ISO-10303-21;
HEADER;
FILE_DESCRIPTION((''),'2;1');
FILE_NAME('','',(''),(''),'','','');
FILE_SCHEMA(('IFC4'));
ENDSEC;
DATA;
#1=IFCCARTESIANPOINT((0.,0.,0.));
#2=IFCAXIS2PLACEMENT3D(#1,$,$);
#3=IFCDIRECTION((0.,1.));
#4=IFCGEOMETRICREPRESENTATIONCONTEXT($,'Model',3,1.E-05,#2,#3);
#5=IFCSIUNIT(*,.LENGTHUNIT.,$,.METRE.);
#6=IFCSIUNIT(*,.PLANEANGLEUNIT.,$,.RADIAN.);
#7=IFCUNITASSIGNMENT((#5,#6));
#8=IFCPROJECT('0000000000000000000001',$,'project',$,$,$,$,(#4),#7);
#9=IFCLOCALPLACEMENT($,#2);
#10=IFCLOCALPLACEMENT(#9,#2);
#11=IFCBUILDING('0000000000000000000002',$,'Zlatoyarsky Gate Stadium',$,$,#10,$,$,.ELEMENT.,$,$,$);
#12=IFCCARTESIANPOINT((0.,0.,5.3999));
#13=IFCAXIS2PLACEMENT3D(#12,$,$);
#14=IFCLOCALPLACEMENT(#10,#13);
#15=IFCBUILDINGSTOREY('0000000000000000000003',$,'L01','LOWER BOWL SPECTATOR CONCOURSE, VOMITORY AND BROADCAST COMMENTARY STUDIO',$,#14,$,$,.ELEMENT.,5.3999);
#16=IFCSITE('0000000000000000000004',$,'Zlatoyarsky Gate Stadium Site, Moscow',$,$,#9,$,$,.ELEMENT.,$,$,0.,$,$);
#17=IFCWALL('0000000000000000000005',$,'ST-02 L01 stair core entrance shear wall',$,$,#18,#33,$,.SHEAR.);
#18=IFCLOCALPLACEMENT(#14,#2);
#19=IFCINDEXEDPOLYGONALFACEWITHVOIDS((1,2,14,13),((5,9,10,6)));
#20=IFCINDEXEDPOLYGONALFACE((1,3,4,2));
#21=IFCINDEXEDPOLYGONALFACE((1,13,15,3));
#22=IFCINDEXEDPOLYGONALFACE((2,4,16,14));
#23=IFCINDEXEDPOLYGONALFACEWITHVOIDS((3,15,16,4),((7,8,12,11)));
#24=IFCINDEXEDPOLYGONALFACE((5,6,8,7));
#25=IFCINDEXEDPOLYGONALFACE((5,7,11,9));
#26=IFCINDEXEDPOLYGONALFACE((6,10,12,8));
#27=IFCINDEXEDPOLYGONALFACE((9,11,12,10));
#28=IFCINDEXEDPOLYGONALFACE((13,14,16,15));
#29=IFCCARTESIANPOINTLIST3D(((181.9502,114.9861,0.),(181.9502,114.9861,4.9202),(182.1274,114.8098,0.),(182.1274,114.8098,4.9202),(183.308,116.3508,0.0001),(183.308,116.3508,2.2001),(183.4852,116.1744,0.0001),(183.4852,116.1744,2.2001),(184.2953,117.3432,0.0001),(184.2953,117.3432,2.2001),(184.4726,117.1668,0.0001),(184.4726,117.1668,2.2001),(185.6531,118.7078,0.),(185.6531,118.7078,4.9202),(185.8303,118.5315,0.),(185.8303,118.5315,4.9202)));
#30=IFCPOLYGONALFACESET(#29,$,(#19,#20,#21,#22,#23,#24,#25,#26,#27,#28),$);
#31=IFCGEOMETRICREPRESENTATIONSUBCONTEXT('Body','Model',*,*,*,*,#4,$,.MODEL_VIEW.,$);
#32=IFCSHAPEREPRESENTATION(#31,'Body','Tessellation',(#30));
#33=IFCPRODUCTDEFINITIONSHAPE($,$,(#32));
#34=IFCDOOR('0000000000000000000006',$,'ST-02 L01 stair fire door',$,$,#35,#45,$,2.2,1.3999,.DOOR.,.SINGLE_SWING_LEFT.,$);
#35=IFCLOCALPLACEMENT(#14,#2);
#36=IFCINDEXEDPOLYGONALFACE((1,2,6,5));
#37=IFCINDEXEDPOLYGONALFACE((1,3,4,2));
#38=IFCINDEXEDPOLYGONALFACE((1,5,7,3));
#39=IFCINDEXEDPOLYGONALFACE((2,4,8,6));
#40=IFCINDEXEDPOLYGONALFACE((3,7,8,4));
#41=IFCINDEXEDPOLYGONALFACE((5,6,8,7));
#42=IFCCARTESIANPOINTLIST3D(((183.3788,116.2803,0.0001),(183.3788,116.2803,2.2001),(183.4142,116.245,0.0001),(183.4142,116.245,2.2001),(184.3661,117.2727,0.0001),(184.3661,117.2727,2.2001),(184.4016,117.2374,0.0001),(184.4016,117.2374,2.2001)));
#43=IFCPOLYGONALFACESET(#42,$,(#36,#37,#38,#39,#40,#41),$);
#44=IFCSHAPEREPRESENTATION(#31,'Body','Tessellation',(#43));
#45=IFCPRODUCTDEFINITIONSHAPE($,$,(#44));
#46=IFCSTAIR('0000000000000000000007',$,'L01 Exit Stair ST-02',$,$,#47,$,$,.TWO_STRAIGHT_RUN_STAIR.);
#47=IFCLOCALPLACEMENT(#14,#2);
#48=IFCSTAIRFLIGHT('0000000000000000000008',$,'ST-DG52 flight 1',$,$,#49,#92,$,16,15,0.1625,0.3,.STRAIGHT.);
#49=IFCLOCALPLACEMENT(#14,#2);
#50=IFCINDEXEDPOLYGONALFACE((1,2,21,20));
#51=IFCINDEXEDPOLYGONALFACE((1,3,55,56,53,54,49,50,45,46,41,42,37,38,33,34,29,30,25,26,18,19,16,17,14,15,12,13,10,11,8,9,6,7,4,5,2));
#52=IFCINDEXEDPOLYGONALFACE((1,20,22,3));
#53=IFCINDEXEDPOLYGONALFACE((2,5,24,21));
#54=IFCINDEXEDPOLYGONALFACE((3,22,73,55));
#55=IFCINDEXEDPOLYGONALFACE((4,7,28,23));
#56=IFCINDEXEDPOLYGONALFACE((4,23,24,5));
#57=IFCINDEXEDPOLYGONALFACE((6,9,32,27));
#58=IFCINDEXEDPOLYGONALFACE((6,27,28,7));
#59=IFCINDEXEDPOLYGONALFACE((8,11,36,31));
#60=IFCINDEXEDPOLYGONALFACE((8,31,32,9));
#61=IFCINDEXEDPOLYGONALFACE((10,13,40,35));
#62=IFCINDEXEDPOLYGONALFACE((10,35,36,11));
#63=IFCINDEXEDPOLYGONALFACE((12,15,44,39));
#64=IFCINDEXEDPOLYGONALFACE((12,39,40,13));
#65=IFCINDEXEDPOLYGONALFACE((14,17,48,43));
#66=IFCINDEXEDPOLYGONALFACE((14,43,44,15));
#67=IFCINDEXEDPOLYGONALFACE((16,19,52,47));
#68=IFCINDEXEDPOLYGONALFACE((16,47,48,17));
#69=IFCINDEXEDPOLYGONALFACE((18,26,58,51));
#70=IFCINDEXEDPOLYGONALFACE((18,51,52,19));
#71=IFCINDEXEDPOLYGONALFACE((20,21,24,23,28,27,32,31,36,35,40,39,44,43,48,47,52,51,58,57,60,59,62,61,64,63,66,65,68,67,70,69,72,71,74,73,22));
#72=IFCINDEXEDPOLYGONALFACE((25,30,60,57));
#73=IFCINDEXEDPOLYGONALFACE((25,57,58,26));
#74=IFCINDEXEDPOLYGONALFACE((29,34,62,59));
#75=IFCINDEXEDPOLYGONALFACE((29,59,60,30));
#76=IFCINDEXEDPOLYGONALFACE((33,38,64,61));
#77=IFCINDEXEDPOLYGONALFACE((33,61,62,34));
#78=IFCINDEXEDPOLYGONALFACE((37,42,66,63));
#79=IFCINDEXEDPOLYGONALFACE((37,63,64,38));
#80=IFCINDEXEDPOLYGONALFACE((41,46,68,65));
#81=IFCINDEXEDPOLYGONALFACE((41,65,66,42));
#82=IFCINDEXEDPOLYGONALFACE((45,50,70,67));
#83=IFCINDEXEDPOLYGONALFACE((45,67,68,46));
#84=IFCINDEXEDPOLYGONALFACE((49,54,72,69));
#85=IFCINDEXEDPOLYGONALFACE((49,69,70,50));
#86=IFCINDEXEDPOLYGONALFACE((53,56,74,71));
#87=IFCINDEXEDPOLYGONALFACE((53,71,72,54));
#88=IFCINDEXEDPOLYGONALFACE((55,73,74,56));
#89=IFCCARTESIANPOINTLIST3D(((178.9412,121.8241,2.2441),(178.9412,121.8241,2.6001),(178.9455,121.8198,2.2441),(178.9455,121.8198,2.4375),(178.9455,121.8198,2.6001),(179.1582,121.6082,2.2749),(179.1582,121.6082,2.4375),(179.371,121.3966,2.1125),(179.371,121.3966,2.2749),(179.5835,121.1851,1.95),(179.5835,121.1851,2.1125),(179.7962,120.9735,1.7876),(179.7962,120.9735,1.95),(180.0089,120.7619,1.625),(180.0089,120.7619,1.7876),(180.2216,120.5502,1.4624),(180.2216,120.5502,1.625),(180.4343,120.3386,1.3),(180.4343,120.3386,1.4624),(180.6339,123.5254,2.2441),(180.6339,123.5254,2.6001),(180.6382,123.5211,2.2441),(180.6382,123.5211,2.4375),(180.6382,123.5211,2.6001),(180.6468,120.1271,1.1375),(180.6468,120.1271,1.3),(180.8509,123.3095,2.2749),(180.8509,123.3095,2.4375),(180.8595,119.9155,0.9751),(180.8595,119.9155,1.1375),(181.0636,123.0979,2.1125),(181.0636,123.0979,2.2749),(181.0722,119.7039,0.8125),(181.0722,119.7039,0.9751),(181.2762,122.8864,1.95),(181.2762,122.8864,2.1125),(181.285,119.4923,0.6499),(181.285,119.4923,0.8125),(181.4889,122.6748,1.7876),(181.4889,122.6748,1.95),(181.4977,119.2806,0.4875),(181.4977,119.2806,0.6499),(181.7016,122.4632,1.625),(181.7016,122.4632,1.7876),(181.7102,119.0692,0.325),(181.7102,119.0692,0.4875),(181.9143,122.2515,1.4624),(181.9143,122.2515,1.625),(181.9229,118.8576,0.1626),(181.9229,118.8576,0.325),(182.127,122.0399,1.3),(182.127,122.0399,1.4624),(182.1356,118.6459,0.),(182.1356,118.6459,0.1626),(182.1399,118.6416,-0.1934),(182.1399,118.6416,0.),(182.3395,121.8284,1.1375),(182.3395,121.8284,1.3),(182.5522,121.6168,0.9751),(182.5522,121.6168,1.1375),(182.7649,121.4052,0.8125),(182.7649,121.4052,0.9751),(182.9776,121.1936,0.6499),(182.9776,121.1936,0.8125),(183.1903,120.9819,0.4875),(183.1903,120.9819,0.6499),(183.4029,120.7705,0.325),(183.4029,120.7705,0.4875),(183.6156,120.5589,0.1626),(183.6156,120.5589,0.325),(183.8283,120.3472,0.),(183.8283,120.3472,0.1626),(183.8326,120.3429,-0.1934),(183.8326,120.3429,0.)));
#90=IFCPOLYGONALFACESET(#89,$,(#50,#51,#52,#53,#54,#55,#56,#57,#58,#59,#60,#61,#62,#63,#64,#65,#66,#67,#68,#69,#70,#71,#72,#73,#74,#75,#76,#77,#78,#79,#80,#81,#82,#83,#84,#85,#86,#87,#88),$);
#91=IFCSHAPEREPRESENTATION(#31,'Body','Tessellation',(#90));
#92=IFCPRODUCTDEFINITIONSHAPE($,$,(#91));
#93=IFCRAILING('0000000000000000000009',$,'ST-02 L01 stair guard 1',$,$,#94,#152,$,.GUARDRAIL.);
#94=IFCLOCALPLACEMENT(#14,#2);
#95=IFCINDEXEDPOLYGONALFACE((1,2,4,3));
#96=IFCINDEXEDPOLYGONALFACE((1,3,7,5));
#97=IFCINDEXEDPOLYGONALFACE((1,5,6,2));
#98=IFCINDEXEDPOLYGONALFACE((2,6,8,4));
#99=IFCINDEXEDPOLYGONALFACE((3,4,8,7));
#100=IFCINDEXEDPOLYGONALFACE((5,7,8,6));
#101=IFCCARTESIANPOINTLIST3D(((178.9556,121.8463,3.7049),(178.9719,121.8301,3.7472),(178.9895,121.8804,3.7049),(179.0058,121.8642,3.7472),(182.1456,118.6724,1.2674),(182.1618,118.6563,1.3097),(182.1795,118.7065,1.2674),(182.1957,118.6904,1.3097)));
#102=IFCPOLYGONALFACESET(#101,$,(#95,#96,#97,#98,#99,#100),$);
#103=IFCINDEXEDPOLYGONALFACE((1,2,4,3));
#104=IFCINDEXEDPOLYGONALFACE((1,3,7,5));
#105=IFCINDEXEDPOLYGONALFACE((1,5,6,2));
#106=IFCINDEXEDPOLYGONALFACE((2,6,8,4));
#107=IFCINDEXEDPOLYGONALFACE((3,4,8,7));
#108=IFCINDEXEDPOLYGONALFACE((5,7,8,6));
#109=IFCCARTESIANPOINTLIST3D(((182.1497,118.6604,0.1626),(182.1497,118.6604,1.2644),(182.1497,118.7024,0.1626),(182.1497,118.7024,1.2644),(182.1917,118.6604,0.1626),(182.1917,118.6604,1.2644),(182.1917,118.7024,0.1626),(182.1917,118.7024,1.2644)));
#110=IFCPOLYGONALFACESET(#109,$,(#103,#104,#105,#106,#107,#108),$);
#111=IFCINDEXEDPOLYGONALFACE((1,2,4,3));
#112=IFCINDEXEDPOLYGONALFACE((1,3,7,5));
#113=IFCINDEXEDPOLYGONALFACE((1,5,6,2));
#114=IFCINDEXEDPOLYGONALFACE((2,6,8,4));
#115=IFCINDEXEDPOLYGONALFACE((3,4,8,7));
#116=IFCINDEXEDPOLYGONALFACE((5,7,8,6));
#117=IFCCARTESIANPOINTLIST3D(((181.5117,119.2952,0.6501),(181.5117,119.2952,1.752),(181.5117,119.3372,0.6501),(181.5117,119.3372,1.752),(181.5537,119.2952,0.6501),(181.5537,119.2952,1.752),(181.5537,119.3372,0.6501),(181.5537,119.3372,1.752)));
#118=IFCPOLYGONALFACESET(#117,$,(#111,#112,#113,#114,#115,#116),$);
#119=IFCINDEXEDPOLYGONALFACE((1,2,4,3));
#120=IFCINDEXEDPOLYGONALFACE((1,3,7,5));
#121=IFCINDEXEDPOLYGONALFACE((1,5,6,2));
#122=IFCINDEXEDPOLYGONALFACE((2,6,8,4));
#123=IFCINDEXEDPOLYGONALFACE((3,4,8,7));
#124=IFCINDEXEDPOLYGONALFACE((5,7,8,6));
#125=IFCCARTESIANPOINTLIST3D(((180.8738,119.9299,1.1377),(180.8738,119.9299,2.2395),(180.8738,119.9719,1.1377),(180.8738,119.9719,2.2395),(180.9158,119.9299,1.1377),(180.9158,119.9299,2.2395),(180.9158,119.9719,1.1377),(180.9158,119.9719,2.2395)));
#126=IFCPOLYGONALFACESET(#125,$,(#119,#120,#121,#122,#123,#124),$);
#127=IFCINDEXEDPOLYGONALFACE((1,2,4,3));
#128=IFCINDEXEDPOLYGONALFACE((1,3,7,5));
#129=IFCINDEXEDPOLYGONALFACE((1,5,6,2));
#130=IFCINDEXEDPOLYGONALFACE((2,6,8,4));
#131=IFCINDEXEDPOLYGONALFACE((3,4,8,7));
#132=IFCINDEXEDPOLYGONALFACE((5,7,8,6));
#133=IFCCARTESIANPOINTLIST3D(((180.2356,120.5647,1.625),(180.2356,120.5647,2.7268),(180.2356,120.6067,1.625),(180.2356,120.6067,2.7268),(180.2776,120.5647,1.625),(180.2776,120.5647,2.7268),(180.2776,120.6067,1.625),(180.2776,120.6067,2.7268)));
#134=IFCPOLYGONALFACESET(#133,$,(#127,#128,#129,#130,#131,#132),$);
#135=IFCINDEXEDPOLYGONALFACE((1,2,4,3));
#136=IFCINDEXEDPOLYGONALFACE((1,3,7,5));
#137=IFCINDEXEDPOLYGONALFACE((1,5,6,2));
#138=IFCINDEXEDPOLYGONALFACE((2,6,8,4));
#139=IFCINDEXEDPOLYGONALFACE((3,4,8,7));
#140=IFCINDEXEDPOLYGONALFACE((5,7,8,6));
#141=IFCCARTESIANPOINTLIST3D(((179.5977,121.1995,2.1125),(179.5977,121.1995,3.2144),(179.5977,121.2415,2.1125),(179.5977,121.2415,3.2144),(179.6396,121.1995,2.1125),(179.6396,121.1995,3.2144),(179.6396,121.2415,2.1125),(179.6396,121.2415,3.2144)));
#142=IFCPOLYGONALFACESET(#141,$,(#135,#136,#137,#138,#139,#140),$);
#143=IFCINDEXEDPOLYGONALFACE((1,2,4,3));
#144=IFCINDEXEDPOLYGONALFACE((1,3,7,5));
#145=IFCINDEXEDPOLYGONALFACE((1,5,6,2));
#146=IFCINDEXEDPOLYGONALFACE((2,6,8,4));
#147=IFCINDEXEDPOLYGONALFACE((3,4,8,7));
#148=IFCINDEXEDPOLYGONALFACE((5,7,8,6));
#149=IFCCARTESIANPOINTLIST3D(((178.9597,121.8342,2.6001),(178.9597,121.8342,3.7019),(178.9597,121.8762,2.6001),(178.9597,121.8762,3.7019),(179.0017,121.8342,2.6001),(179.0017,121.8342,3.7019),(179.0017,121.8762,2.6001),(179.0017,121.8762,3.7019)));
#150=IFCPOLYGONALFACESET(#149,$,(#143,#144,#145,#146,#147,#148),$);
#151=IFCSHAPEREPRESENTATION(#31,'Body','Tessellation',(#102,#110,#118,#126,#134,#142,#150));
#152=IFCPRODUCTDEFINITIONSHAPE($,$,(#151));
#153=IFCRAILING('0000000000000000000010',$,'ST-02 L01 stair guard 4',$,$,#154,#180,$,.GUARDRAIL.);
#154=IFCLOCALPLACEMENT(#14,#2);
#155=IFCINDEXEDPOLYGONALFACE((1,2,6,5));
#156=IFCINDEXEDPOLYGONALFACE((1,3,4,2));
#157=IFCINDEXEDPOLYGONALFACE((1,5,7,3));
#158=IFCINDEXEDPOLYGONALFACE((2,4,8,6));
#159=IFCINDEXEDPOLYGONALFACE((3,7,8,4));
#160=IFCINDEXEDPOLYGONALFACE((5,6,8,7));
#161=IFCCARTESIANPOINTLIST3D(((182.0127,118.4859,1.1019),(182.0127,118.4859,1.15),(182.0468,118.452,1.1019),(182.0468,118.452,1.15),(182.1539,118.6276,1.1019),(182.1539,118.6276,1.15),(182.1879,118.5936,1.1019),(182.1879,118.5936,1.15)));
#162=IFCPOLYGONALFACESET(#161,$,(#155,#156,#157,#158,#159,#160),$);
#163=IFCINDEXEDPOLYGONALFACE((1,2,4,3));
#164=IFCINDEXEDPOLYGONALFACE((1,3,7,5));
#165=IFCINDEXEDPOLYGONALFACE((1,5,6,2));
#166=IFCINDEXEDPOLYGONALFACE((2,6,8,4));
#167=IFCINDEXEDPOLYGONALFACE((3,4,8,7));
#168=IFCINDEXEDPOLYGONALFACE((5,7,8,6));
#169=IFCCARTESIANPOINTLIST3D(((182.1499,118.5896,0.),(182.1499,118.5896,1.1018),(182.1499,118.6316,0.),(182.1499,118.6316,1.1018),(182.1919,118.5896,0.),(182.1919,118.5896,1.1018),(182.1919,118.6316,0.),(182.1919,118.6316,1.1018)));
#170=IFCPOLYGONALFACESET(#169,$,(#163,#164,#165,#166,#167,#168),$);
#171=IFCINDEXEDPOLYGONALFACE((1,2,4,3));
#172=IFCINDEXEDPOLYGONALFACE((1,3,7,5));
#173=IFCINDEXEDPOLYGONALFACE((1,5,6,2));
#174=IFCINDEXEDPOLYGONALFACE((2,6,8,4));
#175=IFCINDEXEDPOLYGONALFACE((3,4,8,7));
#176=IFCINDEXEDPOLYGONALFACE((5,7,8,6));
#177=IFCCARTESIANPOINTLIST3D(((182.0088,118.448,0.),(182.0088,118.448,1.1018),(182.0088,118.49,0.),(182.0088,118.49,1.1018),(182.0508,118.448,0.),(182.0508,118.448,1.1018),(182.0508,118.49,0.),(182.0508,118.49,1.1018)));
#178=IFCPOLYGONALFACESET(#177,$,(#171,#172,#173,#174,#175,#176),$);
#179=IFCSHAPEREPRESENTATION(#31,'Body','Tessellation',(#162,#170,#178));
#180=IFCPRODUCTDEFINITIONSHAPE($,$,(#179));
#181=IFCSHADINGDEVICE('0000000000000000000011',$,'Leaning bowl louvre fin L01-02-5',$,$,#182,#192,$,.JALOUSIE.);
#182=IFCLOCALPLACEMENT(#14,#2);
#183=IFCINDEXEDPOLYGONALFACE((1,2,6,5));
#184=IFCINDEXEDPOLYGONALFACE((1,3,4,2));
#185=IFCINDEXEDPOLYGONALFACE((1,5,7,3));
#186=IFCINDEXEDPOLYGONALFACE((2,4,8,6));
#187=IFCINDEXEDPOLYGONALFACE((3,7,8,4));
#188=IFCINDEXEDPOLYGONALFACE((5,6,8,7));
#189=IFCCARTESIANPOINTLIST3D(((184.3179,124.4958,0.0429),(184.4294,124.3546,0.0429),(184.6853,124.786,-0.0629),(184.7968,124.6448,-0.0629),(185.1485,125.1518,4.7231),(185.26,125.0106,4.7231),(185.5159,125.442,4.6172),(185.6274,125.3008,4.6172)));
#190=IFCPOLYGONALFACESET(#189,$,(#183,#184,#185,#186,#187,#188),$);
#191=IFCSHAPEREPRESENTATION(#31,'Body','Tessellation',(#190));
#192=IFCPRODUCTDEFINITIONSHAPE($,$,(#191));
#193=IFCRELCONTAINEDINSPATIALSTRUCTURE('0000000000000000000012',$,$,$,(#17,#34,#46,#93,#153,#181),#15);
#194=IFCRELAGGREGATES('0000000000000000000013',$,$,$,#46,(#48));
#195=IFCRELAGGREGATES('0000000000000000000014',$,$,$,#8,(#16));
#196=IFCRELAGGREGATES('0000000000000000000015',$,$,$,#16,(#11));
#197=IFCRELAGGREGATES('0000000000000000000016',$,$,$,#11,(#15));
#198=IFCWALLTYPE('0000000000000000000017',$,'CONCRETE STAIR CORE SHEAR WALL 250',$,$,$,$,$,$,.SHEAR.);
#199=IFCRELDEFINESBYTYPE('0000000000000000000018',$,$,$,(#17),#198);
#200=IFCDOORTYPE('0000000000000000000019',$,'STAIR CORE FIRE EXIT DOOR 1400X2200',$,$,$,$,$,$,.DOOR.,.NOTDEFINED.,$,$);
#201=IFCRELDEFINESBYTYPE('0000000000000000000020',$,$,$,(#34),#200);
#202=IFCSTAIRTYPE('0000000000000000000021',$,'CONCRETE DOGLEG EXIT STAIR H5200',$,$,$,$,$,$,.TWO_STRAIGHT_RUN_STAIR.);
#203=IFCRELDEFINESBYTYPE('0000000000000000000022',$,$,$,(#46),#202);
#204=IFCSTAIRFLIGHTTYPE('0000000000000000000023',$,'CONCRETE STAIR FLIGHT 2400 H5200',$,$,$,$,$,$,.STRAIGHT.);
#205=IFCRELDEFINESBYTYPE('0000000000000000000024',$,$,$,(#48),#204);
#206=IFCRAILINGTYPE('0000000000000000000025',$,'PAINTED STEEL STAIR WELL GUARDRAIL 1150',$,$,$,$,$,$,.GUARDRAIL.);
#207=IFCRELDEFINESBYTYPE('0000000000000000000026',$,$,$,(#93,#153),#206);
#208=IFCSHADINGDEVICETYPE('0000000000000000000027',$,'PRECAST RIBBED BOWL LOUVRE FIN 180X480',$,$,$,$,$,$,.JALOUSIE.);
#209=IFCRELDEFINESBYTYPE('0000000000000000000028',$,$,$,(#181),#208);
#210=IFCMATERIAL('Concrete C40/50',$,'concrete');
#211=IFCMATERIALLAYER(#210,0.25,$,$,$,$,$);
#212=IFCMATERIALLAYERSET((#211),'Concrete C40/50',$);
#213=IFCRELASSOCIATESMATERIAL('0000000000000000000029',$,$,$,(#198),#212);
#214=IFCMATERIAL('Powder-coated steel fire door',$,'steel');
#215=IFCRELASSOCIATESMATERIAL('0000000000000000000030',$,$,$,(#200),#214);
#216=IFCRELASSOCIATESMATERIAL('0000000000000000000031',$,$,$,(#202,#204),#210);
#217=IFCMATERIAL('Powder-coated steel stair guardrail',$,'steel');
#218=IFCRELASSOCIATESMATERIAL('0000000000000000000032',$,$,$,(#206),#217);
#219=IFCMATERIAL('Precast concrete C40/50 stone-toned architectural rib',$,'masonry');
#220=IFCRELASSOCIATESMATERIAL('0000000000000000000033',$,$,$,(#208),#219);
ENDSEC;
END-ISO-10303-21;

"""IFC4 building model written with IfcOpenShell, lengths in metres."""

from ifc_helpers import new_model, si_unit, direction, frame, frame_2d, origin, origin_2d, place, context, subcontext, project, spatial, polyline, rectangle, outline, extrude, material, layer, layer_set, material_profile, profile_set, type_object, element, fill, aggregate, save


model = new_model("IFC4")

# Units and contexts
model_context = context("Model", 3, precision=1e-05, world=origin(), true_north=direction((0.0, 1.0)))
body_context = subcontext(model_context, "Body", "Model", "MODEL_VIEW")
ifc_project = project(units=[si_unit("LENGTHUNIT", "METRE"), si_unit("PLANEANGLEUNIT", "RADIAN")], contexts=[model_context])

# Site, building, storey
site_placement = place(None, origin())
site = spatial("IfcSite", under=ifc_project, at=site_placement, Name="Zlatoyarsky Gate Stadium Site, Moscow", CompositionType="ELEMENT", RefElevation=0.0)
building_placement = place(site_placement, origin())
building = spatial("IfcBuilding", under=site, at=building_placement, Name="Zlatoyarsky Gate Stadium", CompositionType="ELEMENT")
storey_placement = place(building_placement, frame((0.0, 0.0, 5.3999)))
storey = spatial("IfcBuildingStorey", under=building, at=storey_placement, Name="L01", Description="LOWER BOWL SPECTATOR CONCOURSE, VOMITORY AND BROADCAST COMMENTARY STUDIO", CompositionType="ELEMENT", Elevation=5.3999)

# Wall, opening, door
ifc_material_1 = material(Name="Concrete C40/50", Category="concrete")
ifc_layer_1 = layer(ifc_material_1, 0.25)
ifc_layer_set_1 = layer_set([ifc_layer_1], Name="Concrete C40/50")
wall_type = type_object("IfcWallType", Name="CONCRETE STAIR CORE SHEAR WALL 250", PredefinedType="SHEAR", material=ifc_layer_set_1)
wall_placement = place(storey_placement, frame((182.0388, 114.8979, 0.0), z_axis=(0.0, 0.0, 1.0), x_axis=(0.705314, 0.708895, 0.0)))
wall = element("IfcWall", 1, at=wall_placement, inside=storey, type_object=wall_type, Name="ST-02 L01 stair core entrance shear wall", PredefinedType="SHEAR", context=body_context, shape_type="SweptSolid", body=[
    extrude(rectangle(XDim=5.25, YDim=0.25, at=frame_2d((2.625, 0.0))), origin(), (0.0, 0.0, 1.0), 4.9202),
])
opening_placement = place(wall_placement, frame((1.925, 0.0, 0.0)))
opening = element("IfcOpeningElement", 2, at=opening_placement, cuts=wall, PredefinedType="OPENING", context=body_context, shape_type="SweptSolid", body=[
    extrude(rectangle(XDim=1.3999, YDim=2.2, at=frame_2d((0.7, 1.1001))), frame((0.0, 0.135, 0.0), z_axis=(0.0, -1.0, 0.0), x_axis=(1.0, 0.0, 0.0)), (0.0, 0.0, 1.0), 0.27),
])
ifc_material_2 = material(Name="Powder-coated steel fire door", Category="steel")
door_type = type_object("IfcDoorType", Name="STAIR CORE FIRE EXIT DOOR 1400X2200", OperationType="NOTDEFINED", PredefinedType="DOOR", material=ifc_material_2)
door_placement = place(opening_placement, frame((1.3999, 0.0, 0.0), z_axis=(0.0, 0.0, 1.0), x_axis=(-1.0, 0.0, 0.0)))
door = element("IfcDoor", 3, at=door_placement, inside=storey, type_object=door_type, Name="ST-02 L01 stair fire door", OperationType="SINGLE_SWING_LEFT", OverallHeight=2.2, OverallWidth=1.3999, PredefinedType="DOOR", context=body_context, shape_type="SweptSolid", body=[
    extrude(rectangle(XDim=1.3999, YDim=2.2, at=frame_2d((0.7, 1.1001))), frame((0.0, 0.0249, 0.0), z_axis=(0.0, -1.0, 0.0), x_axis=(1.0, 0.0, 0.0)), (0.0, 0.0, 1.0), 0.05),
])
fill(opening, door)

# Stair, stair flight
stair_type = type_object("IfcStairType", Name="CONCRETE DOGLEG EXIT STAIR H5200", PredefinedType="TWO_STRAIGHT_RUN_STAIR", material=ifc_material_1)
stair_placement = place(storey_placement, origin())
stair = element("IfcStair", 4, at=stair_placement, inside=storey, type_object=stair_type, Name="L01 Exit Stair ST-02", PredefinedType="TWO_STRAIGHT_RUN_STAIR")
stair_flight_type = type_object("IfcStairFlightType", Name="CONCRETE STAIR FLIGHT 2400 H5200", PredefinedType="STRAIGHT", material=ifc_material_1)
stair_flight_placement = place(storey_placement, frame((182.9819, 119.4966, 0.0), z_axis=(0.0, 0.0, 1.0), x_axis=(-0.708901, 0.705308, 0.0)))
stair_flight = element("IfcStairFlight", 5, at=stair_flight_placement, type_object=stair_flight_type, Name="ST-DG52 flight 1", NumberOfRisers=16, NumberOfTreads=15, PredefinedType="STRAIGHT", RiserHeight=0.1625, TreadLength=0.3, context=body_context, shape_type="SweptSolid", body=[
    extrude(outline(polyline([(-0.0061, -0.1934), (-0.0061, 0.0), (0.0, 0.0), (0.0, 0.1626), (0.3, 0.1626), (0.3, 0.325), (0.6001, 0.325), (0.6001, 0.4875), (0.8999, 0.4875), (0.8999, 0.6499), (1.2, 0.6499), (1.2, 0.8125), (1.5, 0.8125), (1.5, 0.9751), (1.8, 0.9751), (1.8, 1.1375), (2.1001, 1.1375), (2.1001, 1.3), (2.3999, 1.3), (2.3999, 1.4624), (2.7, 1.4624), (2.7, 1.625), (3.0, 1.625), (3.0, 1.7876), (3.3, 1.7876), (3.3, 1.95), (3.6001, 1.95), (3.6001, 2.1125), (3.8999, 2.1125), (3.8999, 2.2749), (4.2, 2.2749), (4.2, 2.4375), (4.5, 2.4375), (4.5, 2.6001), (4.5061, 2.6001), (4.5061, 2.2441), (4.5, 2.2441), (-0.0061, -0.1934)])), frame((0.0, 1.2, 0.0), z_axis=(0.0, -1.0, 0.0), x_axis=(1.0, 0.0, 0.0)), (0.0, 0.0, 1.0), 2.3999),
])
aggregate(stair, [stair_flight])

# Railings
ifc_material_3 = material(Name="Powder-coated steel stair guardrail", Category="steel")
railing_type_1 = type_object("IfcRailingType", Name="PAINTED STEEL STAIR WELL GUARDRAIL 1150", PredefinedType="GUARDRAIL", material=ifc_material_3)
railing_1_placement = place(storey_placement, frame((182.1707, 118.6814, 0.1626)))
element("IfcRailing", 6, at=railing_1_placement, inside=storey, type_object=railing_type_1, Name="ST-02 L01 stair guard 1", PredefinedType="GUARDRAIL", context=body_context, shape_type="SweptSolid", body=[
    extrude(rectangle(XDim=0.0481, YDim=0.0481, at=origin_2d()), frame((0.0, 0.0, 1.126), z_axis=(-0.623322, 0.620173, 0.476293), x_axis=(-0.705314, -0.708895, 0.0)), (0.0, 0.0, 1.0), 5.1177),
    extrude(rectangle(XDim=0.042, YDim=0.042, at=origin_2d()), origin(), (0.0, 0.0, 1.0), 1.1018),
    extrude(rectangle(XDim=0.042, YDim=0.042, at=origin_2d()), frame((-0.6379, 0.6348, 0.4875)), (0.0, 0.0, 1.0), 1.1018),
    extrude(rectangle(XDim=0.042, YDim=0.042, at=origin_2d()), frame((-1.2759, 1.2695, 0.9751)), (0.0, 0.0, 1.0), 1.1018),
    extrude(rectangle(XDim=0.042, YDim=0.042, at=origin_2d()), frame((-1.9141, 1.9043, 1.4624)), (0.0, 0.0, 1.0), 1.1018),
    extrude(rectangle(XDim=0.042, YDim=0.042, at=origin_2d()), frame((-2.552, 2.5391, 1.95)), (0.0, 0.0, 1.0), 1.1018),
    extrude(rectangle(XDim=0.042, YDim=0.042, at=origin_2d()), frame((-3.1899, 3.1738, 2.4375)), (0.0, 0.0, 1.0), 1.1018),
])
railing_2_placement = place(storey_placement, frame((182.1709, 118.6106, 0.0)))
element("IfcRailing", 7, at=railing_2_placement, inside=storey, type_object=railing_type_1, Name="ST-02 L01 stair guard 4", PredefinedType="GUARDRAIL", context=body_context, shape_type="SweptSolid", body=[
    extrude(rectangle(XDim=0.0481, YDim=0.0481, at=origin_2d()), frame((0.0, 0.0, 1.126), z_axis=(-0.705884, -0.708327, 0.0), x_axis=(0.708327, -0.705884, 0.0)), (0.0, 0.0, 1.0), 0.2),
    extrude(rectangle(XDim=0.042, YDim=0.042, at=origin_2d()), origin(), (0.0, 0.0, 1.0), 1.1018),
    extrude(rectangle(XDim=0.042, YDim=0.042, at=origin_2d()), frame((-0.1411, -0.1416, 0.0)), (0.0, 0.0, 1.0), 1.1018),
])

# Shading device
ifc_material_4 = material(Name="Precast concrete C40/50 stone-toned architectural rib", Category="masonry")
ifc_material_profile_1 = material_profile(ifc_material_4, rectangle(XDim=0.1799, YDim=0.48, at=origin_2d()), Name="RIB 180X480")
ifc_profile_set_1 = profile_set([ifc_material_profile_1], Name="Precast concrete C40/50 stone-toned architectural rib")
shading_device_type = type_object("IfcShadingDeviceType", Name="PRECAST RIBBED BOWL LOUVRE FIN 180X480", PredefinedType="JALOUSIE", material=ifc_profile_set_1)
for number, where, z_axis, x_axis, name in (
    (8, (184.5574, 124.5703, -0.01), (0.173094, 0.136715, 0.97537), (-0.619816, 0.784747, 0.0), "Leaning bowl louvre fin L01-02-5"),
):
    element("IfcShadingDevice", number, at=place(storey_placement, frame(where, z_axis=z_axis, x_axis=x_axis)), inside=storey, type_object=shading_device_type, Name=name, PredefinedType="JALOUSIE", context=body_context, shape_type="SweptSolid", body=[
        extrude(rectangle(XDim=0.1799, YDim=0.48, at=origin_2d()), origin(), (0.0, 0.0, 1.0), 4.7983),
    ])

save(model, "model.ifc")
